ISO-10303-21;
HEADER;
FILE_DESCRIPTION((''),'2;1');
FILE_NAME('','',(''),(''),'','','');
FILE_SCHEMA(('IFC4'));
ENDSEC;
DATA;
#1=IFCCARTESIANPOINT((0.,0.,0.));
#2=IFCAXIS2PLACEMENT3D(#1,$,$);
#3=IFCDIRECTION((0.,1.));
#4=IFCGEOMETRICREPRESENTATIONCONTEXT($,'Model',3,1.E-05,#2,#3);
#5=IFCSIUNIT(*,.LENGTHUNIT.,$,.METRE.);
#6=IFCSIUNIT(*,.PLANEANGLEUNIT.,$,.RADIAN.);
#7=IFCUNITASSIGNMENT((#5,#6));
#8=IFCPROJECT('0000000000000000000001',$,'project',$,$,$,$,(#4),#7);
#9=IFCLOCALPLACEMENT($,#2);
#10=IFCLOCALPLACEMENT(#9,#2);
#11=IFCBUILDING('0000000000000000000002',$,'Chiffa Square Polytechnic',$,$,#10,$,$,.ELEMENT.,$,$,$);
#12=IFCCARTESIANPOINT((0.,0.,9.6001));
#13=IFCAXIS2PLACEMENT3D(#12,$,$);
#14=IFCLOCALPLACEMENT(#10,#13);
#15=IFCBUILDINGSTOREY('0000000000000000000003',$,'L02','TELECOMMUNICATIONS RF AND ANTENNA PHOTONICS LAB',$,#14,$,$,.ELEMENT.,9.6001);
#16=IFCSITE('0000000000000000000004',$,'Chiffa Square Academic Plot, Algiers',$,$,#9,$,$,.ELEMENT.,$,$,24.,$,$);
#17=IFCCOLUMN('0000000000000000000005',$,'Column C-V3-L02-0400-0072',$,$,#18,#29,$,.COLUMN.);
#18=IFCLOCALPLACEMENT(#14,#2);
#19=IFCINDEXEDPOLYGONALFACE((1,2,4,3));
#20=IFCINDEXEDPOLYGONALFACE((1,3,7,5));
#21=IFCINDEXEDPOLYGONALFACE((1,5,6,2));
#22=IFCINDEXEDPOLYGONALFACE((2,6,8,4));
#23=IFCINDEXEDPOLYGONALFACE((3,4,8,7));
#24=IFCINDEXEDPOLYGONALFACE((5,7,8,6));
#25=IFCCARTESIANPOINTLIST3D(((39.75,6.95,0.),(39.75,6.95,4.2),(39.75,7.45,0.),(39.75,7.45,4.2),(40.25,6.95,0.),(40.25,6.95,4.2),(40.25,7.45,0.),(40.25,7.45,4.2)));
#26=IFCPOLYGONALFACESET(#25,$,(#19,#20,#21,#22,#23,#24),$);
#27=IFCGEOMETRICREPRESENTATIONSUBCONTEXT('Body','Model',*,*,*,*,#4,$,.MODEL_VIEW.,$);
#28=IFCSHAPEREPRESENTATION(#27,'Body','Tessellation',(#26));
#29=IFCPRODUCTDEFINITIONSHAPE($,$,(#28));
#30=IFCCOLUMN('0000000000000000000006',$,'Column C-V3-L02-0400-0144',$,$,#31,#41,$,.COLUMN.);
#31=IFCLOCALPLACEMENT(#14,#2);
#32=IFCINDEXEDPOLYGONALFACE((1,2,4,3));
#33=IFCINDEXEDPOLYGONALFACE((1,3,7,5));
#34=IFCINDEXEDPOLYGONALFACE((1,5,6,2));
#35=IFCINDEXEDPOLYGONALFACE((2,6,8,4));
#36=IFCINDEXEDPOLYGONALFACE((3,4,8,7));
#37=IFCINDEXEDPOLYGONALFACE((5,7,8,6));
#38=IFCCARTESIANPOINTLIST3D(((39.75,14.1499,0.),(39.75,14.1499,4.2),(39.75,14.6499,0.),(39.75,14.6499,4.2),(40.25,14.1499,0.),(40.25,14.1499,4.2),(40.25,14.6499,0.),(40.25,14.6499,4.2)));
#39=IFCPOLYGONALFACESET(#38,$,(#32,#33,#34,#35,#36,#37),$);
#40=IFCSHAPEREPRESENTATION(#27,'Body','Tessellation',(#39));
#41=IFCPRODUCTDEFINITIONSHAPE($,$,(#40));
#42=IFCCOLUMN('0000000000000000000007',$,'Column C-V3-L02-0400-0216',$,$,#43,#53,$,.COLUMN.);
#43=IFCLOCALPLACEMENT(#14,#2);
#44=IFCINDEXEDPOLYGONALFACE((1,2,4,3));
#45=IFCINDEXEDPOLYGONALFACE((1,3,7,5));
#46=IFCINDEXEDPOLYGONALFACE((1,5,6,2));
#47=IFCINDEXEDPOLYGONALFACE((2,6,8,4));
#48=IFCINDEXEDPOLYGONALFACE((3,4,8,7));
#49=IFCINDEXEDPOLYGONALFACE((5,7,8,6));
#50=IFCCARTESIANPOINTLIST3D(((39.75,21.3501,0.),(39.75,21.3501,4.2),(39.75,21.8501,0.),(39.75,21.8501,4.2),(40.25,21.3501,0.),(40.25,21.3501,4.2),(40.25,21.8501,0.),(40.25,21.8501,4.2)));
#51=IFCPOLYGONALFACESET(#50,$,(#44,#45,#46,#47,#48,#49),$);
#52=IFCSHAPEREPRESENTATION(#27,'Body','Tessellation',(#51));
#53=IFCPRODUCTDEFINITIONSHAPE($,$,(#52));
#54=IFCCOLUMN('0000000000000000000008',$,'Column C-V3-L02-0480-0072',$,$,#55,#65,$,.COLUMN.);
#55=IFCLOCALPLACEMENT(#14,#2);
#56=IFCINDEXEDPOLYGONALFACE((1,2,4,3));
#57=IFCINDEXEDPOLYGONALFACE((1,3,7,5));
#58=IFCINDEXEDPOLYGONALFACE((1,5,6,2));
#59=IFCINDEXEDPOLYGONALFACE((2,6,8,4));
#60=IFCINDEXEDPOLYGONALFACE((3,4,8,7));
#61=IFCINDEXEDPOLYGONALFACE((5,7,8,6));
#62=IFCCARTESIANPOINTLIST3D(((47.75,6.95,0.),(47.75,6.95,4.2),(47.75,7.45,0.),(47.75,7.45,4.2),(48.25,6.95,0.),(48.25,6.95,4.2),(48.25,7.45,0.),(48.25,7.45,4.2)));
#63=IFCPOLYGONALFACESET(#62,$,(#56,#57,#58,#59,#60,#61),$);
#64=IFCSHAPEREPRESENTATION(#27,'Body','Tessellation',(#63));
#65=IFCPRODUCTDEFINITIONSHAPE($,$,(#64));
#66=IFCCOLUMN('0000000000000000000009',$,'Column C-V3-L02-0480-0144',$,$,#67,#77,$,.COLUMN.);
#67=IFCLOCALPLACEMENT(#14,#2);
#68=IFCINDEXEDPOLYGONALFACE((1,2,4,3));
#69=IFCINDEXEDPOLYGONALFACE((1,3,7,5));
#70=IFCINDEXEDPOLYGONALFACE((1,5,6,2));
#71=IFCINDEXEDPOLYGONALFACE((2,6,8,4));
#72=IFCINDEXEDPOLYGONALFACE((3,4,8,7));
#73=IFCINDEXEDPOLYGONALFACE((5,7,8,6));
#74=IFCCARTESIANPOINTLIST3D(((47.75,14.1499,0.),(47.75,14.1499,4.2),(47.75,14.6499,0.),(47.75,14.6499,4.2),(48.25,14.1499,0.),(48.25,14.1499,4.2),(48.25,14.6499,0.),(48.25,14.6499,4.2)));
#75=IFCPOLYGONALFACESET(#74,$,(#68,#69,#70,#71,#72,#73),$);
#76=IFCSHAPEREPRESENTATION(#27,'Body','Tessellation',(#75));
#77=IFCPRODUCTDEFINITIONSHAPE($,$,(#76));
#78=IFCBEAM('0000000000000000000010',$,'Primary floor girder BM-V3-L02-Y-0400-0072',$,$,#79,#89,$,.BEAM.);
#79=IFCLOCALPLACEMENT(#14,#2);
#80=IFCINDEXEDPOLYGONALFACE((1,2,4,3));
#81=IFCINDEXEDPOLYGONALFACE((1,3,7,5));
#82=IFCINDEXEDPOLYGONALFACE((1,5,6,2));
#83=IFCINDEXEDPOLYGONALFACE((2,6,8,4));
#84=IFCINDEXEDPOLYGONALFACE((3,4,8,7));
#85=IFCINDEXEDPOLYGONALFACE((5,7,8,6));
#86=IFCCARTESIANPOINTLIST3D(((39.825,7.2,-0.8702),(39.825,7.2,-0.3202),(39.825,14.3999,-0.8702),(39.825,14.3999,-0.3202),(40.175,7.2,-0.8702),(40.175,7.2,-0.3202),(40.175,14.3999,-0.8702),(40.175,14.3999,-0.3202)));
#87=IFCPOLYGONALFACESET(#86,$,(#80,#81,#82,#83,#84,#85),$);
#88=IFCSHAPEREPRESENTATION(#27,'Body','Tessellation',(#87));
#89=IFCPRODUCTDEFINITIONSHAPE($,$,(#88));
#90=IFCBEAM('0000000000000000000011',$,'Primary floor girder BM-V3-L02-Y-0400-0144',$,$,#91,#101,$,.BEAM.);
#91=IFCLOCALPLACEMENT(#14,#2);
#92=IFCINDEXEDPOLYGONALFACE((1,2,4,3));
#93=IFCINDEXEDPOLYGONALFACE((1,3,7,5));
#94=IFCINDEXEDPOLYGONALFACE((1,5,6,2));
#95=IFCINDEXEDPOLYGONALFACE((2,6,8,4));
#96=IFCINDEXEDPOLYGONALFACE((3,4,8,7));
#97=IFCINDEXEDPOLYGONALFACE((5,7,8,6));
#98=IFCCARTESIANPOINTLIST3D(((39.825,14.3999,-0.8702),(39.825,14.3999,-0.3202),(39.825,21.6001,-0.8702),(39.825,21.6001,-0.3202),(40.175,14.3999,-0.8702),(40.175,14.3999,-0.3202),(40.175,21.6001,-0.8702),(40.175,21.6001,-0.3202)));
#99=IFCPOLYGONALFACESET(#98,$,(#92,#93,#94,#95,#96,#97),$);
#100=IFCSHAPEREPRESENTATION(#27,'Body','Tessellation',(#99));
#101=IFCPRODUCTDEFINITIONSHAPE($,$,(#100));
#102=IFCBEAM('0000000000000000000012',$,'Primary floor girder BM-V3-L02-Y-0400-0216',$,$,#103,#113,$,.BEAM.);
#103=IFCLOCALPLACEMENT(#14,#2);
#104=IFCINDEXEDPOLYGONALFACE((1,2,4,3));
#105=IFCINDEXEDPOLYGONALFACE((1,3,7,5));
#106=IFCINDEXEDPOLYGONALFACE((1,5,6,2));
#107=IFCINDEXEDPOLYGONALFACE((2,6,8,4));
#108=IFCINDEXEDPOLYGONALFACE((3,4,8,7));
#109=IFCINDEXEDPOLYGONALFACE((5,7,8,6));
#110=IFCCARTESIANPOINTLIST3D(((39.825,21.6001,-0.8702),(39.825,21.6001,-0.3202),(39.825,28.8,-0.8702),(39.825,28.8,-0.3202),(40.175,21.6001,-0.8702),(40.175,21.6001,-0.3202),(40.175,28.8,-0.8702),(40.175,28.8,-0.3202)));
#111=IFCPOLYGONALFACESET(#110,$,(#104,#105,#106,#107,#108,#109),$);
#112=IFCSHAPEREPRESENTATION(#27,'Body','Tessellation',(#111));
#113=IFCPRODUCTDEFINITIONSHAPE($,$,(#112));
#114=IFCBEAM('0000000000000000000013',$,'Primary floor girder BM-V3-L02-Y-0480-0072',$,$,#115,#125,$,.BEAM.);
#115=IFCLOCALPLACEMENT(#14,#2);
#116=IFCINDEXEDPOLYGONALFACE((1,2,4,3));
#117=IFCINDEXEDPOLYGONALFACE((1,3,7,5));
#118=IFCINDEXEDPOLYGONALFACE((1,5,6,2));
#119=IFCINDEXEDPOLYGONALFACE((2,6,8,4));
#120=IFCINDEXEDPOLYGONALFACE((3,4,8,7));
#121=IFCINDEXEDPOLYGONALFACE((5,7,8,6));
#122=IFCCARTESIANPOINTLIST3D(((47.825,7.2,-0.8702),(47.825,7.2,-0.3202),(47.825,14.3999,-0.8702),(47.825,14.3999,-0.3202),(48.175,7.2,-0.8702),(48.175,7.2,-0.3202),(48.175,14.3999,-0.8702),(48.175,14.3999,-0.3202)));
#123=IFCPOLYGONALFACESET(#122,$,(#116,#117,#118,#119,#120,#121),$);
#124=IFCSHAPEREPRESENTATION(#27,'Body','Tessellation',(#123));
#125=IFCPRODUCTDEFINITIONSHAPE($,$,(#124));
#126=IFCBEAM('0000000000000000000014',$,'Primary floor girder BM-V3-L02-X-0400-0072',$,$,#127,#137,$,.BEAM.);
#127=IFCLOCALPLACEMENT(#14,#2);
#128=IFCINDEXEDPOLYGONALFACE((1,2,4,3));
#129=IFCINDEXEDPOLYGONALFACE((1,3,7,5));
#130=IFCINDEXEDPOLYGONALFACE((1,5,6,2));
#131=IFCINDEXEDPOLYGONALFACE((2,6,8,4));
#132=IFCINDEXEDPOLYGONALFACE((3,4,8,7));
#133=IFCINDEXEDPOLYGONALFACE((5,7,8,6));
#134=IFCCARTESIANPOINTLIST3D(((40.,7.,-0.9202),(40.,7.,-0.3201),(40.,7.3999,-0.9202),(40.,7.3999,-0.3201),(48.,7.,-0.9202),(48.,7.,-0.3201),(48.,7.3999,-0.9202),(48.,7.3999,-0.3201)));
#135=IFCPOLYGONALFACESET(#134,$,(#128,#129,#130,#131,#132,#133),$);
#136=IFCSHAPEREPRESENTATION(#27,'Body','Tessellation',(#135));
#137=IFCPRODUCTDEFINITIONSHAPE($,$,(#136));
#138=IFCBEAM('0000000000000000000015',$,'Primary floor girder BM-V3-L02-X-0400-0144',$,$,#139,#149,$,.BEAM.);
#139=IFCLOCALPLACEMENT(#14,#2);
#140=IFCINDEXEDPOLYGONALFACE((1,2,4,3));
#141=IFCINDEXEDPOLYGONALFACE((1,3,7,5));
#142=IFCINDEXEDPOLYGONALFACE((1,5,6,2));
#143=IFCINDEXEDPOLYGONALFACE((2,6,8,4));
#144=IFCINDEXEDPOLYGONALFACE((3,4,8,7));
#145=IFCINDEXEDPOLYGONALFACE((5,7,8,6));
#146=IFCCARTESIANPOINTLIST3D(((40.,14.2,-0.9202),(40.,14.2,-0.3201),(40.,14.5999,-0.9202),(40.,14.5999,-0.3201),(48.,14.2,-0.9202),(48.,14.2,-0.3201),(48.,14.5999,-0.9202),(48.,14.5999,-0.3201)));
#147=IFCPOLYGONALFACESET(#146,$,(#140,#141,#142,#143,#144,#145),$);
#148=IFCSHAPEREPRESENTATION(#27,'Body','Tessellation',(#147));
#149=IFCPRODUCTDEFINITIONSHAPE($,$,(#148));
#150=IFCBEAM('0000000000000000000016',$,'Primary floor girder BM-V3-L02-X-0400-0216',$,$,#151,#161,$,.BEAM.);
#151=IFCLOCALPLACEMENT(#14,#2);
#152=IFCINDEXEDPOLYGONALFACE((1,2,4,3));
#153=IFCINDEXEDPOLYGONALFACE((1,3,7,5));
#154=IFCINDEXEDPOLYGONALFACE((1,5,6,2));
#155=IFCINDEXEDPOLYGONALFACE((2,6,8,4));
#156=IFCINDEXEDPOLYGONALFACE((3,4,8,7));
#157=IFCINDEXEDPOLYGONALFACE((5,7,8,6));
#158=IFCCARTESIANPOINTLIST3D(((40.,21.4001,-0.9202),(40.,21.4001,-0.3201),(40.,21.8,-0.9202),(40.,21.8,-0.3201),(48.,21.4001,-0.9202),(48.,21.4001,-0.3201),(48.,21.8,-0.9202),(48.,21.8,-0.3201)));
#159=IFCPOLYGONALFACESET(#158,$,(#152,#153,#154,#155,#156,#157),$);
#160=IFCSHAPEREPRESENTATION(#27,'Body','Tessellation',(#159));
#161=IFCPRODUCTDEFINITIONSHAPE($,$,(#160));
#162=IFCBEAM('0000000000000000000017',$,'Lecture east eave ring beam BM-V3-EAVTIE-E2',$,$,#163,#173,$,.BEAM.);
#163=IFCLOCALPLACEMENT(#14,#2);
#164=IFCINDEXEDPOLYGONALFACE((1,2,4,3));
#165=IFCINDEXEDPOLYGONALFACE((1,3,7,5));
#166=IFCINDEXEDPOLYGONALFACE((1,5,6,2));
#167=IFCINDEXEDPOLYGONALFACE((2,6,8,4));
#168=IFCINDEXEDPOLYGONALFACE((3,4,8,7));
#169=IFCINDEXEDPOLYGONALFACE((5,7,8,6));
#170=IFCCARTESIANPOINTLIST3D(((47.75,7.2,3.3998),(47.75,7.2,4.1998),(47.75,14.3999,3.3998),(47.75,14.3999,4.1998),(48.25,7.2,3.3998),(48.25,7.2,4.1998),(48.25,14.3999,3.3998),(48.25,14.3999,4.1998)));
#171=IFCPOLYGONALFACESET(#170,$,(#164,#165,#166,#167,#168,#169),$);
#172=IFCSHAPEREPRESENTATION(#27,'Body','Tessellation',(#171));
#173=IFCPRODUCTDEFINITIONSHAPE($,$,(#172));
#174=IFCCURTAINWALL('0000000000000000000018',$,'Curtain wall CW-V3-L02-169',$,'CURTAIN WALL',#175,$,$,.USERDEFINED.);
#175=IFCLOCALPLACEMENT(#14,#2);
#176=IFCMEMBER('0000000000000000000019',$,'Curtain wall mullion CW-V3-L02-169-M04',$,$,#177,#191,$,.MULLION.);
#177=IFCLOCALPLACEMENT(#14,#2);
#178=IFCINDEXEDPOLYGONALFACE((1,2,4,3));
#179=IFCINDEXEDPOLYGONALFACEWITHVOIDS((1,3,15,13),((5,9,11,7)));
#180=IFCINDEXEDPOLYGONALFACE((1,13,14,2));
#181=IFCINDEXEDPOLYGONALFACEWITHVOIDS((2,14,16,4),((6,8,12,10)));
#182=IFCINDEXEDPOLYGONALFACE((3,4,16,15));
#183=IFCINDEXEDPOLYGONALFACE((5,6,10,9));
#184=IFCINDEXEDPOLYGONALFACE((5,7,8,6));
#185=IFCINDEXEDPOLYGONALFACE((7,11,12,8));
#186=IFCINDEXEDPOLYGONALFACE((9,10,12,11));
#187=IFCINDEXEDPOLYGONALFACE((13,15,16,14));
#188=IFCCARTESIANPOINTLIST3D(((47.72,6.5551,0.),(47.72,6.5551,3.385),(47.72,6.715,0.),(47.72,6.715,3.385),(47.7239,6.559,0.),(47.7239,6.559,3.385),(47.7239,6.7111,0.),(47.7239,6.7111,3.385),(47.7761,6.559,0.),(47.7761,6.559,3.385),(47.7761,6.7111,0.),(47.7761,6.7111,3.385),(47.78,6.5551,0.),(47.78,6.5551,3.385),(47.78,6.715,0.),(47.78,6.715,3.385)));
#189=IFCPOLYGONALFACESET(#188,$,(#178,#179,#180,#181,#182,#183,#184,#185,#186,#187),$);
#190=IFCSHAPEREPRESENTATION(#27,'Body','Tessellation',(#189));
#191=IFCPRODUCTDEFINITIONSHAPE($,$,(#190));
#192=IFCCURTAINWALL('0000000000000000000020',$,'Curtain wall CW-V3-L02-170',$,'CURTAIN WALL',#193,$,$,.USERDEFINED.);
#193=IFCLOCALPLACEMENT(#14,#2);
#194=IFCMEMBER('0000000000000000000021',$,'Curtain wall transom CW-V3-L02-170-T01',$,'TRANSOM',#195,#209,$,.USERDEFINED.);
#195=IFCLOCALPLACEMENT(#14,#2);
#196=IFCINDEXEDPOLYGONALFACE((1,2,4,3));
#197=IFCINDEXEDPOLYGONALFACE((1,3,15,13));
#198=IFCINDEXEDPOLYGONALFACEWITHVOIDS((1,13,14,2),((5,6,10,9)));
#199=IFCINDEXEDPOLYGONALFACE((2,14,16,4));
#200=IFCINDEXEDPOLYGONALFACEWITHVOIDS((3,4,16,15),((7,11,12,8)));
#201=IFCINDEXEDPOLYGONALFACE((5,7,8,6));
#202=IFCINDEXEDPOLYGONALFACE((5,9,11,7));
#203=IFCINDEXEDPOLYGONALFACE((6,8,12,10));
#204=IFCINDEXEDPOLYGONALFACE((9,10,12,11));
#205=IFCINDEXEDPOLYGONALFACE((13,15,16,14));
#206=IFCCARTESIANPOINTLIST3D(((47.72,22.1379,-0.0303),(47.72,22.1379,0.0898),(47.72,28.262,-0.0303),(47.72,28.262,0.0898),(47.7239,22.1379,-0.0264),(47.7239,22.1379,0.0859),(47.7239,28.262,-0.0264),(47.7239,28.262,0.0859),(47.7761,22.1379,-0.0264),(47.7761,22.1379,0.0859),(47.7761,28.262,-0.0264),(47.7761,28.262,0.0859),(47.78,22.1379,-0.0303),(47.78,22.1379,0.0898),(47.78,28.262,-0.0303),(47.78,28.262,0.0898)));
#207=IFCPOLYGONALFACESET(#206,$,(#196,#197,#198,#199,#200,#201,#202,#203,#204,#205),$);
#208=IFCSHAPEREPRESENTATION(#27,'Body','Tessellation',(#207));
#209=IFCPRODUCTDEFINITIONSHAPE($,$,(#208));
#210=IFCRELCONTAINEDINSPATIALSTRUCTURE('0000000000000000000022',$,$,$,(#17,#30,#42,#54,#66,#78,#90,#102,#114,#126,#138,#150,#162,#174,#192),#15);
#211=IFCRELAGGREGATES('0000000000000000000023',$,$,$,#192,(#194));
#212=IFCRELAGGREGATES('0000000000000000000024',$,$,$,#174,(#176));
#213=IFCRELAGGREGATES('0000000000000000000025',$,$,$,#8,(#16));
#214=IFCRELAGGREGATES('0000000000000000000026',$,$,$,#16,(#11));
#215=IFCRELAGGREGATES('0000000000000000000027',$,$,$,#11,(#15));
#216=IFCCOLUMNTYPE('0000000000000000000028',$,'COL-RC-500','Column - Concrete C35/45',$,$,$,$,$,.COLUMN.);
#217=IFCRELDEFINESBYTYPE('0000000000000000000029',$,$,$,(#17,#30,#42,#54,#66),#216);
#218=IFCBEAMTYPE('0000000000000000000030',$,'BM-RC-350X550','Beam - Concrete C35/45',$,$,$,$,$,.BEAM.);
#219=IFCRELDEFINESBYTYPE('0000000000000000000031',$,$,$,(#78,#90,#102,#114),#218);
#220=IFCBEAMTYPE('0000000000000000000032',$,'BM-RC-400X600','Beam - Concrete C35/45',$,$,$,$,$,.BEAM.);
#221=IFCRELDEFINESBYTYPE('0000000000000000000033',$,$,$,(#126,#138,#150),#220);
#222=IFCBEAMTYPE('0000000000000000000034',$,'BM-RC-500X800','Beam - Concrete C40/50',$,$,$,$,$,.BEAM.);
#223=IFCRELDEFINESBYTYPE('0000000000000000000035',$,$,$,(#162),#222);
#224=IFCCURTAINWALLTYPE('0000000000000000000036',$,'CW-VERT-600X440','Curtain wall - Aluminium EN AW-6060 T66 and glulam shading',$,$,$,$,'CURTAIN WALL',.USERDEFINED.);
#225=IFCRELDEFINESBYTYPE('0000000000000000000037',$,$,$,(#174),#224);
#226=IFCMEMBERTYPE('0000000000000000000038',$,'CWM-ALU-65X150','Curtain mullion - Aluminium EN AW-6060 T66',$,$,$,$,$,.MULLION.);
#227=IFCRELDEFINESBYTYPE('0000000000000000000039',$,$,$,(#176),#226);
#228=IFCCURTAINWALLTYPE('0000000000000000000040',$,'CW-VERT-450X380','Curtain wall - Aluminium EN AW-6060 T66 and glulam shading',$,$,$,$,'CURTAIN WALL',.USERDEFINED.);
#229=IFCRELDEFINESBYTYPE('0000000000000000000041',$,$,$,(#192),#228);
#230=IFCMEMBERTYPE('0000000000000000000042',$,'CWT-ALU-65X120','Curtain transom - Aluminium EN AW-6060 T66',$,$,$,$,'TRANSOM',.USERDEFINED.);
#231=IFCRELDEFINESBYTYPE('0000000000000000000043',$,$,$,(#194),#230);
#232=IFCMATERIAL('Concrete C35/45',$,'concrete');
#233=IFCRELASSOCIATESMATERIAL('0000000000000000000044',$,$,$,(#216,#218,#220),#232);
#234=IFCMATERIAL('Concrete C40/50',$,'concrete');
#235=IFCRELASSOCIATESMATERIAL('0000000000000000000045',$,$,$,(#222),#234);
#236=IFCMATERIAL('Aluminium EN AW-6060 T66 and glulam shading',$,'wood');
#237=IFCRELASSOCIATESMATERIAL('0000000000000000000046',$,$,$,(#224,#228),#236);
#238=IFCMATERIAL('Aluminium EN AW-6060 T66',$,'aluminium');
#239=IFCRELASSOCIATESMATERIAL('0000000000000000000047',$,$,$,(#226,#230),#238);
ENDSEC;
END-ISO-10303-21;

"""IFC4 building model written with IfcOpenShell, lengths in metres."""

from ifc_helpers import new_model, si_unit, direction, frame, origin, origin_2d, place, context, subcontext, project, spatial, rectangle, hollow_rectangle, extrude, material, material_profile, profile_set, type_object, element, aggregate, save


model = new_model("IFC4")

# Units and contexts
model_context = context("Model", 3, precision=1e-05, world=origin(), true_north=direction((0.0, 1.0)))
body_context = subcontext(model_context, "Body", "Model", "MODEL_VIEW")
ifc_project = project(units=[si_unit("LENGTHUNIT", "METRE"), si_unit("PLANEANGLEUNIT", "RADIAN")], contexts=[model_context])

# Site, building, storey
site_placement = place(None, origin())
site = spatial("IfcSite", under=ifc_project, at=site_placement, Name="Chiffa Square Academic Plot, Algiers", CompositionType="ELEMENT", RefElevation=24.0)
building_placement = place(site_placement, origin())
building = spatial("IfcBuilding", under=site, at=building_placement, Name="Chiffa Square Polytechnic", CompositionType="ELEMENT")
storey_placement = place(building_placement, frame((0.0, 0.0, 9.6001)))
storey = spatial("IfcBuildingStorey", under=building, at=storey_placement, Name="L02", Description="TELECOMMUNICATIONS RF AND ANTENNA PHOTONICS LAB", CompositionType="ELEMENT", Elevation=9.6001)

# Columns
ifc_material_1 = material(Name="Concrete C35/45", Category="concrete")
ifc_material_profile_1 = material_profile(ifc_material_1, rectangle(XDim=0.5, YDim=0.5, at=origin_2d()), Name="RC 500x500")
ifc_profile_set_1 = profile_set([ifc_material_profile_1], Name="Concrete C35/45")
column_type = type_object("IfcColumnType", Name="COL-RC-500", Description="Column - Concrete C35/45", PredefinedType="COLUMN", material=ifc_profile_set_1)
for number, where, z_axis, x_axis, name in (
    (1, (40.0, 7.2, 0.0), (0.0, 0.0, 1.0), (1.0, 0.0, 0.0), "Column C-V3-L02-0400-0072"),
    (2, (40.0, 14.3999, 0.0), (0.0, 0.0, 1.0), (1.0, 0.0, 0.0), "Column C-V3-L02-0400-0144"),
    (3, (40.0, 21.6001, 0.0), (0.0, 0.0, 1.0), (1.0, 0.0, 0.0), "Column C-V3-L02-0400-0216"),
    (4, (48.0, 7.2, 0.0), (0.0, 0.0, 1.0), (1.0, 0.0, 0.0), "Column C-V3-L02-0480-0072"),
    (5, (48.0, 14.3999, 0.0), (0.0, 0.0, 1.0), (1.0, 0.0, 0.0), "Column C-V3-L02-0480-0144"),
):
    element("IfcColumn", number, at=place(storey_placement, frame(where, z_axis=z_axis, x_axis=x_axis)), inside=storey, type_object=column_type, Name=name, PredefinedType="COLUMN", context=body_context, shape_type="SweptSolid", body=[
        extrude(rectangle(XDim=0.5, YDim=0.5, at=origin_2d()), origin(), (0.0, 0.0, 1.0), 4.2),
    ])

# Beams
ifc_material_profile_2 = material_profile(ifc_material_1, rectangle(XDim=0.3501, YDim=0.55, at=origin_2d()), Name="RC 350x550")
ifc_profile_set_2 = profile_set([ifc_material_profile_2], Name="Concrete C35/45")
beam_type_1 = type_object("IfcBeamType", Name="BM-RC-350X550", Description="Beam - Concrete C35/45", PredefinedType="BEAM", material=ifc_profile_set_2)
beam_1_placement = place(storey_placement, frame((40.0, 7.2, -0.5952), z_axis=(0.0, 1.0, 0.0), x_axis=(-1.0, 0.0, 0.0)))
element("IfcBeam", 6, at=beam_1_placement, inside=storey, type_object=beam_type_1, Name="Primary floor girder BM-V3-L02-Y-0400-0072", PredefinedType="BEAM", context=body_context, shape_type="SweptSolid", body=[
    extrude(rectangle(XDim=0.3501, YDim=0.55, at=origin_2d()), origin(), (0.0, 0.0, 1.0), 7.2),
])
beam_2_placement = place(storey_placement, frame((40.0, 14.3999, -0.5952), z_axis=(0.0, 1.0, 0.0), x_axis=(-1.0, 0.0, 0.0)))
element("IfcBeam", 7, at=beam_2_placement, inside=storey, type_object=beam_type_1, Name="Primary floor girder BM-V3-L02-Y-0400-0144", PredefinedType="BEAM", context=body_context, shape_type="SweptSolid", body=[
    extrude(rectangle(XDim=0.3501, YDim=0.55, at=origin_2d()), origin(), (0.0, 0.0, 1.0), 7.2002),
])
for number, where, z_axis, x_axis, name in (
    (8, (40.0, 21.6001, -0.5952), (0.0, 1.0, 0.0), (-1.0, 0.0, 0.0), "Primary floor girder BM-V3-L02-Y-0400-0216"),
    (9, (48.0, 7.2, -0.5952), (0.0, 1.0, 0.0), (-1.0, 0.0, 0.0), "Primary floor girder BM-V3-L02-Y-0480-0072"),
):
    element("IfcBeam", number, at=place(storey_placement, frame(where, z_axis=z_axis, x_axis=x_axis)), inside=storey, type_object=beam_type_1, Name=name, PredefinedType="BEAM", context=body_context, shape_type="SweptSolid", body=[
        extrude(rectangle(XDim=0.3501, YDim=0.55, at=origin_2d()), origin(), (0.0, 0.0, 1.0), 7.2),
    ])
ifc_material_profile_3 = material_profile(ifc_material_1, rectangle(XDim=0.3999, YDim=0.6001, at=origin_2d()), Name="RC 400x600")
ifc_profile_set_3 = profile_set([ifc_material_profile_3], Name="Concrete C35/45")
beam_type_2 = type_object("IfcBeamType", Name="BM-RC-400X600", Description="Beam - Concrete C35/45", PredefinedType="BEAM", material=ifc_profile_set_3)
for number, where, z_axis, x_axis, name in (
    (10, (40.0, 7.2, -0.6201), (1.0, 0.0, 0.0), (0.0, 1.0, 0.0), "Primary floor girder BM-V3-L02-X-0400-0072"),
    (11, (40.0, 14.3999, -0.6201), (1.0, 0.0, 0.0), (0.0, 1.0, 0.0), "Primary floor girder BM-V3-L02-X-0400-0144"),
    (12, (40.0, 21.6001, -0.6201), (1.0, 0.0, 0.0), (0.0, 1.0, 0.0), "Primary floor girder BM-V3-L02-X-0400-0216"),
):
    element("IfcBeam", number, at=place(storey_placement, frame(where, z_axis=z_axis, x_axis=x_axis)), inside=storey, type_object=beam_type_2, Name=name, PredefinedType="BEAM", context=body_context, shape_type="SweptSolid", body=[
        extrude(rectangle(XDim=0.3999, YDim=0.6001, at=origin_2d()), origin(), (0.0, 0.0, 1.0), 8.0),
    ])
ifc_material_2 = material(Name="Concrete C40/50", Category="concrete")
ifc_material_profile_4 = material_profile(ifc_material_2, rectangle(XDim=0.5, YDim=0.8, at=origin_2d()), Name="RC 500x800")
ifc_profile_set_4 = profile_set([ifc_material_profile_4], Name="Concrete C40/50")
beam_type_3 = type_object("IfcBeamType", Name="BM-RC-500X800", Description="Beam - Concrete C40/50", PredefinedType="BEAM", material=ifc_profile_set_4)
beam_3_placement = place(storey_placement, frame((48.0, 7.2, 3.7998), z_axis=(0.0, 1.0, 0.0), x_axis=(-1.0, 0.0, 0.0)))
element("IfcBeam", 13, at=beam_3_placement, inside=storey, type_object=beam_type_3, Name="Lecture east eave ring beam BM-V3-EAVTIE-E2", PredefinedType="BEAM", context=body_context, shape_type="SweptSolid", body=[
    extrude(rectangle(XDim=0.5, YDim=0.8, at=origin_2d()), origin(), (0.0, 0.0, 1.0), 7.2),
])

# Curtain walls, members
ifc_material_3 = material(Name="Aluminium EN AW-6060 T66 and glulam shading", Category="wood")
curtain_wall_type_1 = type_object("IfcCurtainWallType", Name="CW-VERT-600X440", Description="Curtain wall - Aluminium EN AW-6060 T66 and glulam shading", ElementType="CURTAIN WALL", PredefinedType="USERDEFINED", material=ifc_material_3)
curtain_wall_1_placement = place(storey_placement, origin())
curtain_wall_1 = element("IfcCurtainWall", 14, at=curtain_wall_1_placement, inside=storey, type_object=curtain_wall_type_1, Name="Curtain wall CW-V3-L02-169", ObjectType="CURTAIN WALL", PredefinedType="USERDEFINED")
ifc_material_4 = material(Name="Aluminium EN AW-6060 T66", Category="aluminium")
ifc_material_profile_5 = material_profile(ifc_material_4, hollow_rectangle(XDim=0.0601, YDim=0.1599, WallThickness=0.0039, at=origin_2d()), Name="ALU 60x160x4")
ifc_profile_set_5 = profile_set([ifc_material_profile_5], Name="Aluminium EN AW-6060 T66")
member_type_1 = type_object("IfcMemberType", Name="CWM-ALU-65X150", Description="Curtain mullion - Aluminium EN AW-6060 T66", PredefinedType="MULLION", material=ifc_profile_set_5)
member_1_placement = place(storey_placement, frame((47.75, 6.635, 0.0), z_axis=(0.0, 0.0, 1.0), x_axis=(1.0, 0.0, 0.0)))
member_1 = element("IfcMember", 15, at=member_1_placement, type_object=member_type_1, Name="Curtain wall mullion CW-V3-L02-169-M04", PredefinedType="MULLION", context=body_context, shape_type="SweptSolid", body=[
    extrude(hollow_rectangle(XDim=0.0601, YDim=0.1599, WallThickness=0.0039, at=origin_2d()), origin(), (0.0, 0.0, 1.0), 3.385),
])
curtain_wall_type_2 = type_object("IfcCurtainWallType", Name="CW-VERT-450X380", Description="Curtain wall - Aluminium EN AW-6060 T66 and glulam shading", ElementType="CURTAIN WALL", PredefinedType="USERDEFINED", material=ifc_material_3)
curtain_wall_2_placement = place(storey_placement, origin())
curtain_wall_2 = element("IfcCurtainWall", 16, at=curtain_wall_2_placement, inside=storey, type_object=curtain_wall_type_2, Name="Curtain wall CW-V3-L02-170", ObjectType="CURTAIN WALL", PredefinedType="USERDEFINED")
ifc_material_profile_6 = material_profile(ifc_material_4, hollow_rectangle(XDim=0.0601, YDim=0.1201, WallThickness=0.0039, at=origin_2d()), Name="ALU 60x120x4")
ifc_profile_set_6 = profile_set([ifc_material_profile_6], Name="Aluminium EN AW-6060 T66")
member_type_2 = type_object("IfcMemberType", Name="CWT-ALU-65X120", Description="Curtain transom - Aluminium EN AW-6060 T66", ElementType="TRANSOM", PredefinedType="USERDEFINED", material=ifc_profile_set_6)
member_2_placement = place(storey_placement, frame((47.75, 22.1379, 0.0298), z_axis=(0.0, 1.0, 0.0), x_axis=(-1.0, 0.0, 0.0)))
member_2 = element("IfcMember", 17, at=member_2_placement, type_object=member_type_2, Name="Curtain wall transom CW-V3-L02-170-T01", ObjectType="TRANSOM", PredefinedType="USERDEFINED", context=body_context, shape_type="SweptSolid", body=[
    extrude(hollow_rectangle(XDim=0.0601, YDim=0.1201, WallThickness=0.0039, at=origin_2d()), origin(), (0.0, 0.0, 1.0), 6.124),
])
aggregate(curtain_wall_2, [member_2])

aggregate(curtain_wall_1, [member_1])

save(model, "model.ifc")
